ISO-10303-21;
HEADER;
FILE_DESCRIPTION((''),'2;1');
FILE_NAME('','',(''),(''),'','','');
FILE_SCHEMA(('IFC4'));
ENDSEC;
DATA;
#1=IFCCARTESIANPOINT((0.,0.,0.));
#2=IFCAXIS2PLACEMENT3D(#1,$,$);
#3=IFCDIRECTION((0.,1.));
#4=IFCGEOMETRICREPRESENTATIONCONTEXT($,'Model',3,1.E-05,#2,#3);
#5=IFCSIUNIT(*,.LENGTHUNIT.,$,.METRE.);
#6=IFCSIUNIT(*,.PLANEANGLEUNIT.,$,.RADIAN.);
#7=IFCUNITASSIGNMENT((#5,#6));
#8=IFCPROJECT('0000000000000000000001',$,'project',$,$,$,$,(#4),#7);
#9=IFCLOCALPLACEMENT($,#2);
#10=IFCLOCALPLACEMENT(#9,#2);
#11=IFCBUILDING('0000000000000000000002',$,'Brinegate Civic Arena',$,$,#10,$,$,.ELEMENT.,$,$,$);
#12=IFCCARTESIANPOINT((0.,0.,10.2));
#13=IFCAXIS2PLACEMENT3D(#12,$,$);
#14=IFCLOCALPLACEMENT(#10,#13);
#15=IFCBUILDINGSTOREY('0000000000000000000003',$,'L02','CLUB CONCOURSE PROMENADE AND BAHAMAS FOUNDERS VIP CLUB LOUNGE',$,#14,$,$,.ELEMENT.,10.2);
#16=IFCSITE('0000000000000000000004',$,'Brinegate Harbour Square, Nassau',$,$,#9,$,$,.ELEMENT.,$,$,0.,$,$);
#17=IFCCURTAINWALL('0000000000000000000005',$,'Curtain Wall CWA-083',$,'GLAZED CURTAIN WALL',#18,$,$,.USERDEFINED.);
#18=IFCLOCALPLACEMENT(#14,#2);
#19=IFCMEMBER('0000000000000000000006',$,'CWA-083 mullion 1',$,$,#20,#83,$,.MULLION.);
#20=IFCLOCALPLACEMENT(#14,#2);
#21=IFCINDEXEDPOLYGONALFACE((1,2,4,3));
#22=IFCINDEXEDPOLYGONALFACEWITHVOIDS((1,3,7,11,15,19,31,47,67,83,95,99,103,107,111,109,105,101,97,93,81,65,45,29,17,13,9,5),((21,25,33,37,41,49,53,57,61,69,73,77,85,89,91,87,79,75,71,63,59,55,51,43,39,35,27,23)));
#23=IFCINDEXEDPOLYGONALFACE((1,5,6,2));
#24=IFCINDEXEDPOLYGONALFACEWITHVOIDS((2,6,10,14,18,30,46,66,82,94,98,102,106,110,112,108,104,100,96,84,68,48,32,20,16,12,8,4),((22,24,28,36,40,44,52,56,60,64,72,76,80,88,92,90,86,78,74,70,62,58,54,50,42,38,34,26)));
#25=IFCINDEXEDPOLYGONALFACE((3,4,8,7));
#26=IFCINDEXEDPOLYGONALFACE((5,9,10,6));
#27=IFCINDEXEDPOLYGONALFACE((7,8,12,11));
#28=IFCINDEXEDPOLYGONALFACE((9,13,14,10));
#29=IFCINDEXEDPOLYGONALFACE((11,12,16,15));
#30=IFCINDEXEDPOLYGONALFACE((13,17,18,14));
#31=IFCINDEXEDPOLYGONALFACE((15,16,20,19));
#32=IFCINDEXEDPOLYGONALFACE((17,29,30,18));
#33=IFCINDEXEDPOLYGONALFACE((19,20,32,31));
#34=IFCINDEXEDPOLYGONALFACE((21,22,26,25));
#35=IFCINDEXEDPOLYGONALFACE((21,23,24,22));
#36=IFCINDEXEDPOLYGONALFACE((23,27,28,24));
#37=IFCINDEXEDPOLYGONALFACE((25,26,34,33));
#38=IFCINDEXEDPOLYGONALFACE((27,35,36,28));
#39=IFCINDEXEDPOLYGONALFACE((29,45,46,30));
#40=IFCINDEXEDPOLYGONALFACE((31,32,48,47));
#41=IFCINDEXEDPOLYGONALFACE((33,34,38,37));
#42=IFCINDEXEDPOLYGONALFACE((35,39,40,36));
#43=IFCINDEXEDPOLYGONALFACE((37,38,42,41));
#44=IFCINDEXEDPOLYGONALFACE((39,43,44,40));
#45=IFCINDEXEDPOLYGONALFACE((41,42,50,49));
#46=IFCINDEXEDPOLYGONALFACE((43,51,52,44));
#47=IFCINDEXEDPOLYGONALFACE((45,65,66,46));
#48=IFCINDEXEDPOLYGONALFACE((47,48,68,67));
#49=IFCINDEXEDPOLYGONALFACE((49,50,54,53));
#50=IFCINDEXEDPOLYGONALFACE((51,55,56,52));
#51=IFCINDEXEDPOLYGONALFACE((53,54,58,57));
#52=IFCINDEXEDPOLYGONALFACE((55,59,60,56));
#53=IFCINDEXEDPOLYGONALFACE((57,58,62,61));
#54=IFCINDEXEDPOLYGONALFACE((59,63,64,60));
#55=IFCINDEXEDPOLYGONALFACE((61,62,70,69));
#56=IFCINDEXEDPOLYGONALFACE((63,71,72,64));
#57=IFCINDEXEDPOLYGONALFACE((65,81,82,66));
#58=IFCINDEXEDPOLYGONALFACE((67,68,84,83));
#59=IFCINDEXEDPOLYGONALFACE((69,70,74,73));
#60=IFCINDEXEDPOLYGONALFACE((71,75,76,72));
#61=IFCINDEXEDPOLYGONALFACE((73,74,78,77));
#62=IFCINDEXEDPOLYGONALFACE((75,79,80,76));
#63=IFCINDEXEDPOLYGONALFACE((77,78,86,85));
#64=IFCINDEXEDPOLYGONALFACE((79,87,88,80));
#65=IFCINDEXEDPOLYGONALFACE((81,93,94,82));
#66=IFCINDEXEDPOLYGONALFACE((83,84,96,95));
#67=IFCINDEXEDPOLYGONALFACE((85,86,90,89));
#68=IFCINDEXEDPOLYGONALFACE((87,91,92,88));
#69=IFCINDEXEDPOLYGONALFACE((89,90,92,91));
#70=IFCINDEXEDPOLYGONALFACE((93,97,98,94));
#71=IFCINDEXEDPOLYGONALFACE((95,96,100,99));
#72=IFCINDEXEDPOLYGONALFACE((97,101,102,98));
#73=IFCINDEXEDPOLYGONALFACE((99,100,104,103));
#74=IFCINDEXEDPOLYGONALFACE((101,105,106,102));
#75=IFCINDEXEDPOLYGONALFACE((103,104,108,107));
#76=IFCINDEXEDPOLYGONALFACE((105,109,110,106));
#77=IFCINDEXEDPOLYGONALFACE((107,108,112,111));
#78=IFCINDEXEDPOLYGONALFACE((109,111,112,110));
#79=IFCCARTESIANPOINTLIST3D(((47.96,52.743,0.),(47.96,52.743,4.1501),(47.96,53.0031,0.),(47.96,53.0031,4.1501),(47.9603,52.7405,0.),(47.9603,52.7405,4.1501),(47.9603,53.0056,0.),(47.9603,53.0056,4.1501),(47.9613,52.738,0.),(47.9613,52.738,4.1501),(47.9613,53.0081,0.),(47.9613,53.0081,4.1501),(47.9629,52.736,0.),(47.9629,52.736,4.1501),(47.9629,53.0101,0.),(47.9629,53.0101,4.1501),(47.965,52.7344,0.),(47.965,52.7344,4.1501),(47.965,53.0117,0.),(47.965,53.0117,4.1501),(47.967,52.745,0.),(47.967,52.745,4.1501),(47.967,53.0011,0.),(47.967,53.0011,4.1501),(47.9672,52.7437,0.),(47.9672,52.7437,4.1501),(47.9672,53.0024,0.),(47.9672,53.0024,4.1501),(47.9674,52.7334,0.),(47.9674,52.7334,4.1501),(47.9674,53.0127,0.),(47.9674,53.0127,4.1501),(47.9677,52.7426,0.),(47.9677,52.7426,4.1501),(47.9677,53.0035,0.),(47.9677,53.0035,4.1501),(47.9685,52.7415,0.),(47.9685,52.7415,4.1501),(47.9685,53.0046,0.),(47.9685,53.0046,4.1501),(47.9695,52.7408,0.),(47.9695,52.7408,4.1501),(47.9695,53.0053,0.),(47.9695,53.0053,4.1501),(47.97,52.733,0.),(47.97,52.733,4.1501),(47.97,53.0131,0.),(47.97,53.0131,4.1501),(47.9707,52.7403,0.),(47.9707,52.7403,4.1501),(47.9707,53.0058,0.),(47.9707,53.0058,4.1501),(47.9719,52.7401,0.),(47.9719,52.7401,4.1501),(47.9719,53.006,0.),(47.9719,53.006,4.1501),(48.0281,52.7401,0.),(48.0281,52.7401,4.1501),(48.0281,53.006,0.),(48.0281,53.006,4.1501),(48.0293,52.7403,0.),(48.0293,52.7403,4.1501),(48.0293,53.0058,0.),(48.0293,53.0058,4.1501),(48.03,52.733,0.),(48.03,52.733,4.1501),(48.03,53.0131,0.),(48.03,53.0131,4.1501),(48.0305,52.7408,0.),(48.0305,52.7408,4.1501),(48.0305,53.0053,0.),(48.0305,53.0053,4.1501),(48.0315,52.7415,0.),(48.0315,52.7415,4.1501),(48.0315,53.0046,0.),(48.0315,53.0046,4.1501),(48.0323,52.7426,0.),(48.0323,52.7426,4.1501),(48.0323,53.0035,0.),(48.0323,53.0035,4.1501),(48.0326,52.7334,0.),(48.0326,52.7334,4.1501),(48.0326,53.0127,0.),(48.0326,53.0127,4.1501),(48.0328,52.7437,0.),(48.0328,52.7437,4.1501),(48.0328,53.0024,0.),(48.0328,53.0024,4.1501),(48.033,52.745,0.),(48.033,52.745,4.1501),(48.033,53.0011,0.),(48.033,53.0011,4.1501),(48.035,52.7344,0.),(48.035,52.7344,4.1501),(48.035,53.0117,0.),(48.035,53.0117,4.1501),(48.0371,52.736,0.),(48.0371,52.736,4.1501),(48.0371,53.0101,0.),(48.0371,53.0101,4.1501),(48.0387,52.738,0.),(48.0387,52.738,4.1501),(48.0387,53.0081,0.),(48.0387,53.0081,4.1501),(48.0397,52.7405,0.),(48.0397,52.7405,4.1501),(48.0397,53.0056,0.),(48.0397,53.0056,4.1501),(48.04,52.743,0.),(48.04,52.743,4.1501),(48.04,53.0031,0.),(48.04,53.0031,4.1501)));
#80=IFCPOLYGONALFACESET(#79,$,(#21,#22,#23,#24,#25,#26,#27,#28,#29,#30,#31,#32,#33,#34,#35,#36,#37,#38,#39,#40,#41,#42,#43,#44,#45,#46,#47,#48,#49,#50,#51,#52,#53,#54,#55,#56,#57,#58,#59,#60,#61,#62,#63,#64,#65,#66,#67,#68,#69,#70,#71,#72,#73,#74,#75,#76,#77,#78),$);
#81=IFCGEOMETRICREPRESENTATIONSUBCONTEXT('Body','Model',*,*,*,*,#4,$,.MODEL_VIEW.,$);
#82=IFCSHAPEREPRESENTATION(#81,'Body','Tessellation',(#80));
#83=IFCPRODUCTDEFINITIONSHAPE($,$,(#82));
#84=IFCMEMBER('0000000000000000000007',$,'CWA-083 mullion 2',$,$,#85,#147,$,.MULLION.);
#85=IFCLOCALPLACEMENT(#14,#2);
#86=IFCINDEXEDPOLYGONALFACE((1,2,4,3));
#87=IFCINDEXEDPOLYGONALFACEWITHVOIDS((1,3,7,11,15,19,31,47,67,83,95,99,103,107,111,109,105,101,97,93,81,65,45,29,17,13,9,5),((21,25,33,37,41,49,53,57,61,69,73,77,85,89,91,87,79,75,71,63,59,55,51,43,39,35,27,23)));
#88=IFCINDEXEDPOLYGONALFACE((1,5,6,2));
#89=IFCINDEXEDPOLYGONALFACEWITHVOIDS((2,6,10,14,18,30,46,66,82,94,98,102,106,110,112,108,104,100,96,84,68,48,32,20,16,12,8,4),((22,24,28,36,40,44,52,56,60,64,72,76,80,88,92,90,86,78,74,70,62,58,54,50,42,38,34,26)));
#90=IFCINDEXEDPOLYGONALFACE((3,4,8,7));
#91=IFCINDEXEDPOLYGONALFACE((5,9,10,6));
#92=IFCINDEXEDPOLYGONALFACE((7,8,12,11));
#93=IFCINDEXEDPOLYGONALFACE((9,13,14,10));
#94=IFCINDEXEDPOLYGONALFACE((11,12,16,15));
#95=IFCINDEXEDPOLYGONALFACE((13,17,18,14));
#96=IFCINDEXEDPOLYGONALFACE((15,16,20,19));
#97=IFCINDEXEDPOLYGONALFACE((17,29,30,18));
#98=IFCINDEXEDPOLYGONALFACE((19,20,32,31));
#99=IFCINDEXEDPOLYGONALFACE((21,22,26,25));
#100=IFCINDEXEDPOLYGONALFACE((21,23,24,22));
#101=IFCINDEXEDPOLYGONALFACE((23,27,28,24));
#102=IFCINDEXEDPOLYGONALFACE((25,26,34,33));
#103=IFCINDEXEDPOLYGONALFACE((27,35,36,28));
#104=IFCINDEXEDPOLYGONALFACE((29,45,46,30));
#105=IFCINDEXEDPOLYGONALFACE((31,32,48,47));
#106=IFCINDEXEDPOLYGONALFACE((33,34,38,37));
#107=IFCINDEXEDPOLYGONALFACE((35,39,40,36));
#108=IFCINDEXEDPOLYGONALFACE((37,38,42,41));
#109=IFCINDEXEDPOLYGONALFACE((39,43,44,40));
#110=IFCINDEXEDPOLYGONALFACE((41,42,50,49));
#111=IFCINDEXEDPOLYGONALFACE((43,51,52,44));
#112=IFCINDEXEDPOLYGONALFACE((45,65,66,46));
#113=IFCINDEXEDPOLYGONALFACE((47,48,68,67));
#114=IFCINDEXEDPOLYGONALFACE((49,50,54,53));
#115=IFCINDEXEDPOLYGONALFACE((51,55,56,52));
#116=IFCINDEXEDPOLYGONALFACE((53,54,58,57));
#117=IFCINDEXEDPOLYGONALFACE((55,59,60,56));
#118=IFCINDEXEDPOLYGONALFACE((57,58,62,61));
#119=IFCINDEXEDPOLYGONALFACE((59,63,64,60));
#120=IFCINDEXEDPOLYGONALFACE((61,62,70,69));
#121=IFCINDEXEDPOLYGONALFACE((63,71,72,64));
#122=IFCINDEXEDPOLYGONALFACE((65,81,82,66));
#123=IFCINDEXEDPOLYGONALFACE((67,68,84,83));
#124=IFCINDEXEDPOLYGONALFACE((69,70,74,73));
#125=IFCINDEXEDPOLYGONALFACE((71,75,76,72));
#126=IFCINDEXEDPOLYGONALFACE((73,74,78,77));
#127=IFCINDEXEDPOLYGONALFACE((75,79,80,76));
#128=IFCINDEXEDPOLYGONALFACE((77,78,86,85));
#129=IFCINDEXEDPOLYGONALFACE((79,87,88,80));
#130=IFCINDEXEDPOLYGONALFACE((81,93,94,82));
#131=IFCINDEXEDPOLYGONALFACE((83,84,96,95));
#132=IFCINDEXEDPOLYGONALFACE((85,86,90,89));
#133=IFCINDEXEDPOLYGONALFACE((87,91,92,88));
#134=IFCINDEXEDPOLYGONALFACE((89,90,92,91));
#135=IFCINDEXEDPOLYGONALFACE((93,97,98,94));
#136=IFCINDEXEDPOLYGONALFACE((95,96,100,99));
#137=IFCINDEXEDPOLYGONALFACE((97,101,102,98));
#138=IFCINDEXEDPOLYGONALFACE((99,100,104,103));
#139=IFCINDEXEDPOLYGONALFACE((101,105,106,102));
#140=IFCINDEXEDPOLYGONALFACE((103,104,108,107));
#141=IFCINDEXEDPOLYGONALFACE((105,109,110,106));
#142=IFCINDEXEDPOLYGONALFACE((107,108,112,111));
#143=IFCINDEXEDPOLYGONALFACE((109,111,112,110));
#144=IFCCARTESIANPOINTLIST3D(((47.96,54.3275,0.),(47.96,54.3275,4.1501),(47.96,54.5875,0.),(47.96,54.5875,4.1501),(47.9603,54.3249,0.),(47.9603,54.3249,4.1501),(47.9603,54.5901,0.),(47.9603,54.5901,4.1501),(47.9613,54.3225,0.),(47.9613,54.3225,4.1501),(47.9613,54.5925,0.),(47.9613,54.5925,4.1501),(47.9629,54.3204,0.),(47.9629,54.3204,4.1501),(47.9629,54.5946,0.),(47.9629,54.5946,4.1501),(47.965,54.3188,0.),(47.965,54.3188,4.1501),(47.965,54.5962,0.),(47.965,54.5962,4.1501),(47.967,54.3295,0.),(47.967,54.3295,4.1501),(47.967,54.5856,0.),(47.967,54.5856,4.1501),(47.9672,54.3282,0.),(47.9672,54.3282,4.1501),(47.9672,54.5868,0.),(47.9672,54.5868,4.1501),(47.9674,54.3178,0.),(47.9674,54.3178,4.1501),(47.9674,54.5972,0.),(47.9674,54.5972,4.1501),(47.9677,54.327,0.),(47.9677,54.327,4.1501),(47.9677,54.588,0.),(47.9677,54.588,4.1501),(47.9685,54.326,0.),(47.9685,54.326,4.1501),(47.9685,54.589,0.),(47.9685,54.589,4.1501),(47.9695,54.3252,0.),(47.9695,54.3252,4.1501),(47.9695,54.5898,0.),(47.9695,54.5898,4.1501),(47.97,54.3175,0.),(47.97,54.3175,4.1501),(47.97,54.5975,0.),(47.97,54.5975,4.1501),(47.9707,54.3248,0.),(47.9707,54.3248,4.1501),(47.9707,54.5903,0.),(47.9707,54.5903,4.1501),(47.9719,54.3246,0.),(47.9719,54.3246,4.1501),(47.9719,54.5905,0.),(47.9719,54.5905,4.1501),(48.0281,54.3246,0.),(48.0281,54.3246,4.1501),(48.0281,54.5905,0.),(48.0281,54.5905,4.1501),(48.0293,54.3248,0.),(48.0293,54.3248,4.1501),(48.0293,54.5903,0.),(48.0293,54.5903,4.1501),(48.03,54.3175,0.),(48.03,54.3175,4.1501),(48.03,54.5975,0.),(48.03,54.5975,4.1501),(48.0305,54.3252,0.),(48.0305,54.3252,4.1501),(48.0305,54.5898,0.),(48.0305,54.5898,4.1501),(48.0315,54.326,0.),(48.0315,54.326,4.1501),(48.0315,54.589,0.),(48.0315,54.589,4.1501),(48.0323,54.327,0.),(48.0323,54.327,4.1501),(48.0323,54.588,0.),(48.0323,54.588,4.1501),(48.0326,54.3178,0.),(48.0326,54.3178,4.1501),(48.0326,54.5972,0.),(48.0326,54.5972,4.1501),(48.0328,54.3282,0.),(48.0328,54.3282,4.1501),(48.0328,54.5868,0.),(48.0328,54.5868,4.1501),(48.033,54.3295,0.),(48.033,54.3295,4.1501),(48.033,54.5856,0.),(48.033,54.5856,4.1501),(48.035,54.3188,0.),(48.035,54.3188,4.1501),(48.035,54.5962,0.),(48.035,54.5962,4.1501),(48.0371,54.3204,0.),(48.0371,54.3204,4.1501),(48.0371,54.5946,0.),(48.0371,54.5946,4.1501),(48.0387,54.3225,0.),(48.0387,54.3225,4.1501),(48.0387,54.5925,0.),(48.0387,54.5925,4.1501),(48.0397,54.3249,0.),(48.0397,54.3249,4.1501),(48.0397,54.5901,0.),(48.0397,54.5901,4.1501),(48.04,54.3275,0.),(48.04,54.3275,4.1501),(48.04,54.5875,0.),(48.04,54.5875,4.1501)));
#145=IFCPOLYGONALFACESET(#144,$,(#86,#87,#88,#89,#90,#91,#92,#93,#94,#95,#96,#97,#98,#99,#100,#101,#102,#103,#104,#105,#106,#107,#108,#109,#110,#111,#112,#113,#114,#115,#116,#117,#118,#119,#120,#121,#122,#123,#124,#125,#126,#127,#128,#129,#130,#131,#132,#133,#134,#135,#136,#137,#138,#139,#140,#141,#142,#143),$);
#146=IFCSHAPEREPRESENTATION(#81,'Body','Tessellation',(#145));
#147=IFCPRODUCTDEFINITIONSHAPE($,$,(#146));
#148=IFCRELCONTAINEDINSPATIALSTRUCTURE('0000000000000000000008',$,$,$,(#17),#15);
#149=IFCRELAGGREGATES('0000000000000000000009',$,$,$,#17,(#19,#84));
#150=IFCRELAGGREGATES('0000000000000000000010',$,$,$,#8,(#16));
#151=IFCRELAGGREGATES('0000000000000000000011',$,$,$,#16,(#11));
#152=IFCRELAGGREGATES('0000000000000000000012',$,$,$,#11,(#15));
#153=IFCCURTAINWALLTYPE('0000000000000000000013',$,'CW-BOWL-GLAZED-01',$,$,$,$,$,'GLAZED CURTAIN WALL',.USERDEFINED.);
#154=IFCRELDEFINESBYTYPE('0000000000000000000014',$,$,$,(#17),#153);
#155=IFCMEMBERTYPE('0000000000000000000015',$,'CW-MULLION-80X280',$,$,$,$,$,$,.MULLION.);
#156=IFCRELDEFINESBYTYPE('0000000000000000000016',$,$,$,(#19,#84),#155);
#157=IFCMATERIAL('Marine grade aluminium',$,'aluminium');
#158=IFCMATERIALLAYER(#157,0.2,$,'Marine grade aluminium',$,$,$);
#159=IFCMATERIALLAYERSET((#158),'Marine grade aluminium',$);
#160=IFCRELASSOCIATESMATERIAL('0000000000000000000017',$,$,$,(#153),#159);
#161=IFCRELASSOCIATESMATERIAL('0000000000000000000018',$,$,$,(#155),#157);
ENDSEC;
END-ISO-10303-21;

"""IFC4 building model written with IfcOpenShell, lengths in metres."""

from ifc_helpers import new_model, si_unit, direction, frame, origin, origin_2d, place, context, subcontext, project, spatial, hollow_rectangle, extrude, material, layer, layer_set, material_profile, profile_set, type_object, element, aggregate, save


model = new_model("IFC4")

# Units and contexts
model_context = context("Model", 3, precision=1e-05, world=origin(), true_north=direction((0.0, 1.0)))
body_context = subcontext(model_context, "Body", "Model", "MODEL_VIEW")
ifc_project = project(units=[si_unit("LENGTHUNIT", "METRE"), si_unit("PLANEANGLEUNIT", "RADIAN")], contexts=[model_context])

# Site, building, storey
site_placement = place(None, origin())
site = spatial("IfcSite", under=ifc_project, at=site_placement, Name="Brinegate Harbour Square, Nassau", CompositionType="ELEMENT", RefElevation=0.0)
building_placement = place(site_placement, origin())
building = spatial("IfcBuilding", under=site, at=building_placement, Name="Brinegate Civic Arena", CompositionType="ELEMENT")
storey_placement = place(building_placement, frame((0.0, 0.0, 10.2)))
storey = spatial("IfcBuildingStorey", under=building, at=storey_placement, Name="L02", Description="CLUB CONCOURSE PROMENADE AND BAHAMAS FOUNDERS VIP CLUB LOUNGE", CompositionType="ELEMENT", Elevation=10.2)

# Curtain wall, members
ifc_material_1 = material(Name="Marine grade aluminium", Category="aluminium")
ifc_layer_1 = layer(ifc_material_1, 0.2, Name="Marine grade aluminium")
ifc_layer_set_1 = layer_set([ifc_layer_1], Name="Marine grade aluminium")
curtain_wall_type_1 = type_object("IfcCurtainWallType", Name="CW-BOWL-GLAZED-01", ElementType="GLAZED CURTAIN WALL", PredefinedType="USERDEFINED", material=ifc_layer_set_1)
curtain_wall_1_placement = place(storey_placement, origin())
curtain_wall_1 = element("IfcCurtainWall", 1, at=curtain_wall_1_placement, inside=storey, type_object=curtain_wall_type_1, Name="Curtain Wall CWA-083", ObjectType="GLAZED CURTAIN WALL", PredefinedType="USERDEFINED")
ifc_material_profile_1 = material_profile(ifc_material_1, hollow_rectangle(XDim=0.0801, YDim=0.28, WallThickness=0.0071, InnerFilletRadius=0.0049, OuterFilletRadius=0.01, at=origin_2d()), Name="MUL80X280")
ifc_profile_set_1 = profile_set([ifc_material_profile_1], Name="Marine grade aluminium")
member_type_1 = type_object("IfcMemberType", Name="CW-MULLION-80X280", PredefinedType="MULLION", material=ifc_profile_set_1)
member_1_placement = place(storey_placement, frame((48.0, 52.873, 0.0), z_axis=(0.0, 0.0, 1.0), x_axis=(-1.0, 0.0, 0.0)))
member_1 = element("IfcMember", 2, at=member_1_placement, type_object=member_type_1, Name="CWA-083 mullion 1", PredefinedType="MULLION", context=body_context, shape_type="SweptSolid", body=[
    extrude(hollow_rectangle(XDim=0.0801, YDim=0.28, WallThickness=0.0071, InnerFilletRadius=0.0049, OuterFilletRadius=0.01, at=origin_2d()), origin(), (0.0, 0.0, 1.0), 4.1501),
])
member_2_placement = place(storey_placement, frame((48.0, 54.4575, 0.0), z_axis=(0.0, 0.0, 1.0), x_axis=(-1.0, 0.0, 0.0)))
member_2 = element("IfcMember", 3, at=member_2_placement, type_object=member_type_1, Name="CWA-083 mullion 2", PredefinedType="MULLION", context=body_context, shape_type="SweptSolid", body=[
    extrude(hollow_rectangle(XDim=0.0801, YDim=0.28, WallThickness=0.0071, InnerFilletRadius=0.0049, OuterFilletRadius=0.01, at=origin_2d()), origin(), (0.0, 0.0, 1.0), 4.1501),
])

aggregate(curtain_wall_1, [member_1, member_2])

save(model, "model.ifc")
